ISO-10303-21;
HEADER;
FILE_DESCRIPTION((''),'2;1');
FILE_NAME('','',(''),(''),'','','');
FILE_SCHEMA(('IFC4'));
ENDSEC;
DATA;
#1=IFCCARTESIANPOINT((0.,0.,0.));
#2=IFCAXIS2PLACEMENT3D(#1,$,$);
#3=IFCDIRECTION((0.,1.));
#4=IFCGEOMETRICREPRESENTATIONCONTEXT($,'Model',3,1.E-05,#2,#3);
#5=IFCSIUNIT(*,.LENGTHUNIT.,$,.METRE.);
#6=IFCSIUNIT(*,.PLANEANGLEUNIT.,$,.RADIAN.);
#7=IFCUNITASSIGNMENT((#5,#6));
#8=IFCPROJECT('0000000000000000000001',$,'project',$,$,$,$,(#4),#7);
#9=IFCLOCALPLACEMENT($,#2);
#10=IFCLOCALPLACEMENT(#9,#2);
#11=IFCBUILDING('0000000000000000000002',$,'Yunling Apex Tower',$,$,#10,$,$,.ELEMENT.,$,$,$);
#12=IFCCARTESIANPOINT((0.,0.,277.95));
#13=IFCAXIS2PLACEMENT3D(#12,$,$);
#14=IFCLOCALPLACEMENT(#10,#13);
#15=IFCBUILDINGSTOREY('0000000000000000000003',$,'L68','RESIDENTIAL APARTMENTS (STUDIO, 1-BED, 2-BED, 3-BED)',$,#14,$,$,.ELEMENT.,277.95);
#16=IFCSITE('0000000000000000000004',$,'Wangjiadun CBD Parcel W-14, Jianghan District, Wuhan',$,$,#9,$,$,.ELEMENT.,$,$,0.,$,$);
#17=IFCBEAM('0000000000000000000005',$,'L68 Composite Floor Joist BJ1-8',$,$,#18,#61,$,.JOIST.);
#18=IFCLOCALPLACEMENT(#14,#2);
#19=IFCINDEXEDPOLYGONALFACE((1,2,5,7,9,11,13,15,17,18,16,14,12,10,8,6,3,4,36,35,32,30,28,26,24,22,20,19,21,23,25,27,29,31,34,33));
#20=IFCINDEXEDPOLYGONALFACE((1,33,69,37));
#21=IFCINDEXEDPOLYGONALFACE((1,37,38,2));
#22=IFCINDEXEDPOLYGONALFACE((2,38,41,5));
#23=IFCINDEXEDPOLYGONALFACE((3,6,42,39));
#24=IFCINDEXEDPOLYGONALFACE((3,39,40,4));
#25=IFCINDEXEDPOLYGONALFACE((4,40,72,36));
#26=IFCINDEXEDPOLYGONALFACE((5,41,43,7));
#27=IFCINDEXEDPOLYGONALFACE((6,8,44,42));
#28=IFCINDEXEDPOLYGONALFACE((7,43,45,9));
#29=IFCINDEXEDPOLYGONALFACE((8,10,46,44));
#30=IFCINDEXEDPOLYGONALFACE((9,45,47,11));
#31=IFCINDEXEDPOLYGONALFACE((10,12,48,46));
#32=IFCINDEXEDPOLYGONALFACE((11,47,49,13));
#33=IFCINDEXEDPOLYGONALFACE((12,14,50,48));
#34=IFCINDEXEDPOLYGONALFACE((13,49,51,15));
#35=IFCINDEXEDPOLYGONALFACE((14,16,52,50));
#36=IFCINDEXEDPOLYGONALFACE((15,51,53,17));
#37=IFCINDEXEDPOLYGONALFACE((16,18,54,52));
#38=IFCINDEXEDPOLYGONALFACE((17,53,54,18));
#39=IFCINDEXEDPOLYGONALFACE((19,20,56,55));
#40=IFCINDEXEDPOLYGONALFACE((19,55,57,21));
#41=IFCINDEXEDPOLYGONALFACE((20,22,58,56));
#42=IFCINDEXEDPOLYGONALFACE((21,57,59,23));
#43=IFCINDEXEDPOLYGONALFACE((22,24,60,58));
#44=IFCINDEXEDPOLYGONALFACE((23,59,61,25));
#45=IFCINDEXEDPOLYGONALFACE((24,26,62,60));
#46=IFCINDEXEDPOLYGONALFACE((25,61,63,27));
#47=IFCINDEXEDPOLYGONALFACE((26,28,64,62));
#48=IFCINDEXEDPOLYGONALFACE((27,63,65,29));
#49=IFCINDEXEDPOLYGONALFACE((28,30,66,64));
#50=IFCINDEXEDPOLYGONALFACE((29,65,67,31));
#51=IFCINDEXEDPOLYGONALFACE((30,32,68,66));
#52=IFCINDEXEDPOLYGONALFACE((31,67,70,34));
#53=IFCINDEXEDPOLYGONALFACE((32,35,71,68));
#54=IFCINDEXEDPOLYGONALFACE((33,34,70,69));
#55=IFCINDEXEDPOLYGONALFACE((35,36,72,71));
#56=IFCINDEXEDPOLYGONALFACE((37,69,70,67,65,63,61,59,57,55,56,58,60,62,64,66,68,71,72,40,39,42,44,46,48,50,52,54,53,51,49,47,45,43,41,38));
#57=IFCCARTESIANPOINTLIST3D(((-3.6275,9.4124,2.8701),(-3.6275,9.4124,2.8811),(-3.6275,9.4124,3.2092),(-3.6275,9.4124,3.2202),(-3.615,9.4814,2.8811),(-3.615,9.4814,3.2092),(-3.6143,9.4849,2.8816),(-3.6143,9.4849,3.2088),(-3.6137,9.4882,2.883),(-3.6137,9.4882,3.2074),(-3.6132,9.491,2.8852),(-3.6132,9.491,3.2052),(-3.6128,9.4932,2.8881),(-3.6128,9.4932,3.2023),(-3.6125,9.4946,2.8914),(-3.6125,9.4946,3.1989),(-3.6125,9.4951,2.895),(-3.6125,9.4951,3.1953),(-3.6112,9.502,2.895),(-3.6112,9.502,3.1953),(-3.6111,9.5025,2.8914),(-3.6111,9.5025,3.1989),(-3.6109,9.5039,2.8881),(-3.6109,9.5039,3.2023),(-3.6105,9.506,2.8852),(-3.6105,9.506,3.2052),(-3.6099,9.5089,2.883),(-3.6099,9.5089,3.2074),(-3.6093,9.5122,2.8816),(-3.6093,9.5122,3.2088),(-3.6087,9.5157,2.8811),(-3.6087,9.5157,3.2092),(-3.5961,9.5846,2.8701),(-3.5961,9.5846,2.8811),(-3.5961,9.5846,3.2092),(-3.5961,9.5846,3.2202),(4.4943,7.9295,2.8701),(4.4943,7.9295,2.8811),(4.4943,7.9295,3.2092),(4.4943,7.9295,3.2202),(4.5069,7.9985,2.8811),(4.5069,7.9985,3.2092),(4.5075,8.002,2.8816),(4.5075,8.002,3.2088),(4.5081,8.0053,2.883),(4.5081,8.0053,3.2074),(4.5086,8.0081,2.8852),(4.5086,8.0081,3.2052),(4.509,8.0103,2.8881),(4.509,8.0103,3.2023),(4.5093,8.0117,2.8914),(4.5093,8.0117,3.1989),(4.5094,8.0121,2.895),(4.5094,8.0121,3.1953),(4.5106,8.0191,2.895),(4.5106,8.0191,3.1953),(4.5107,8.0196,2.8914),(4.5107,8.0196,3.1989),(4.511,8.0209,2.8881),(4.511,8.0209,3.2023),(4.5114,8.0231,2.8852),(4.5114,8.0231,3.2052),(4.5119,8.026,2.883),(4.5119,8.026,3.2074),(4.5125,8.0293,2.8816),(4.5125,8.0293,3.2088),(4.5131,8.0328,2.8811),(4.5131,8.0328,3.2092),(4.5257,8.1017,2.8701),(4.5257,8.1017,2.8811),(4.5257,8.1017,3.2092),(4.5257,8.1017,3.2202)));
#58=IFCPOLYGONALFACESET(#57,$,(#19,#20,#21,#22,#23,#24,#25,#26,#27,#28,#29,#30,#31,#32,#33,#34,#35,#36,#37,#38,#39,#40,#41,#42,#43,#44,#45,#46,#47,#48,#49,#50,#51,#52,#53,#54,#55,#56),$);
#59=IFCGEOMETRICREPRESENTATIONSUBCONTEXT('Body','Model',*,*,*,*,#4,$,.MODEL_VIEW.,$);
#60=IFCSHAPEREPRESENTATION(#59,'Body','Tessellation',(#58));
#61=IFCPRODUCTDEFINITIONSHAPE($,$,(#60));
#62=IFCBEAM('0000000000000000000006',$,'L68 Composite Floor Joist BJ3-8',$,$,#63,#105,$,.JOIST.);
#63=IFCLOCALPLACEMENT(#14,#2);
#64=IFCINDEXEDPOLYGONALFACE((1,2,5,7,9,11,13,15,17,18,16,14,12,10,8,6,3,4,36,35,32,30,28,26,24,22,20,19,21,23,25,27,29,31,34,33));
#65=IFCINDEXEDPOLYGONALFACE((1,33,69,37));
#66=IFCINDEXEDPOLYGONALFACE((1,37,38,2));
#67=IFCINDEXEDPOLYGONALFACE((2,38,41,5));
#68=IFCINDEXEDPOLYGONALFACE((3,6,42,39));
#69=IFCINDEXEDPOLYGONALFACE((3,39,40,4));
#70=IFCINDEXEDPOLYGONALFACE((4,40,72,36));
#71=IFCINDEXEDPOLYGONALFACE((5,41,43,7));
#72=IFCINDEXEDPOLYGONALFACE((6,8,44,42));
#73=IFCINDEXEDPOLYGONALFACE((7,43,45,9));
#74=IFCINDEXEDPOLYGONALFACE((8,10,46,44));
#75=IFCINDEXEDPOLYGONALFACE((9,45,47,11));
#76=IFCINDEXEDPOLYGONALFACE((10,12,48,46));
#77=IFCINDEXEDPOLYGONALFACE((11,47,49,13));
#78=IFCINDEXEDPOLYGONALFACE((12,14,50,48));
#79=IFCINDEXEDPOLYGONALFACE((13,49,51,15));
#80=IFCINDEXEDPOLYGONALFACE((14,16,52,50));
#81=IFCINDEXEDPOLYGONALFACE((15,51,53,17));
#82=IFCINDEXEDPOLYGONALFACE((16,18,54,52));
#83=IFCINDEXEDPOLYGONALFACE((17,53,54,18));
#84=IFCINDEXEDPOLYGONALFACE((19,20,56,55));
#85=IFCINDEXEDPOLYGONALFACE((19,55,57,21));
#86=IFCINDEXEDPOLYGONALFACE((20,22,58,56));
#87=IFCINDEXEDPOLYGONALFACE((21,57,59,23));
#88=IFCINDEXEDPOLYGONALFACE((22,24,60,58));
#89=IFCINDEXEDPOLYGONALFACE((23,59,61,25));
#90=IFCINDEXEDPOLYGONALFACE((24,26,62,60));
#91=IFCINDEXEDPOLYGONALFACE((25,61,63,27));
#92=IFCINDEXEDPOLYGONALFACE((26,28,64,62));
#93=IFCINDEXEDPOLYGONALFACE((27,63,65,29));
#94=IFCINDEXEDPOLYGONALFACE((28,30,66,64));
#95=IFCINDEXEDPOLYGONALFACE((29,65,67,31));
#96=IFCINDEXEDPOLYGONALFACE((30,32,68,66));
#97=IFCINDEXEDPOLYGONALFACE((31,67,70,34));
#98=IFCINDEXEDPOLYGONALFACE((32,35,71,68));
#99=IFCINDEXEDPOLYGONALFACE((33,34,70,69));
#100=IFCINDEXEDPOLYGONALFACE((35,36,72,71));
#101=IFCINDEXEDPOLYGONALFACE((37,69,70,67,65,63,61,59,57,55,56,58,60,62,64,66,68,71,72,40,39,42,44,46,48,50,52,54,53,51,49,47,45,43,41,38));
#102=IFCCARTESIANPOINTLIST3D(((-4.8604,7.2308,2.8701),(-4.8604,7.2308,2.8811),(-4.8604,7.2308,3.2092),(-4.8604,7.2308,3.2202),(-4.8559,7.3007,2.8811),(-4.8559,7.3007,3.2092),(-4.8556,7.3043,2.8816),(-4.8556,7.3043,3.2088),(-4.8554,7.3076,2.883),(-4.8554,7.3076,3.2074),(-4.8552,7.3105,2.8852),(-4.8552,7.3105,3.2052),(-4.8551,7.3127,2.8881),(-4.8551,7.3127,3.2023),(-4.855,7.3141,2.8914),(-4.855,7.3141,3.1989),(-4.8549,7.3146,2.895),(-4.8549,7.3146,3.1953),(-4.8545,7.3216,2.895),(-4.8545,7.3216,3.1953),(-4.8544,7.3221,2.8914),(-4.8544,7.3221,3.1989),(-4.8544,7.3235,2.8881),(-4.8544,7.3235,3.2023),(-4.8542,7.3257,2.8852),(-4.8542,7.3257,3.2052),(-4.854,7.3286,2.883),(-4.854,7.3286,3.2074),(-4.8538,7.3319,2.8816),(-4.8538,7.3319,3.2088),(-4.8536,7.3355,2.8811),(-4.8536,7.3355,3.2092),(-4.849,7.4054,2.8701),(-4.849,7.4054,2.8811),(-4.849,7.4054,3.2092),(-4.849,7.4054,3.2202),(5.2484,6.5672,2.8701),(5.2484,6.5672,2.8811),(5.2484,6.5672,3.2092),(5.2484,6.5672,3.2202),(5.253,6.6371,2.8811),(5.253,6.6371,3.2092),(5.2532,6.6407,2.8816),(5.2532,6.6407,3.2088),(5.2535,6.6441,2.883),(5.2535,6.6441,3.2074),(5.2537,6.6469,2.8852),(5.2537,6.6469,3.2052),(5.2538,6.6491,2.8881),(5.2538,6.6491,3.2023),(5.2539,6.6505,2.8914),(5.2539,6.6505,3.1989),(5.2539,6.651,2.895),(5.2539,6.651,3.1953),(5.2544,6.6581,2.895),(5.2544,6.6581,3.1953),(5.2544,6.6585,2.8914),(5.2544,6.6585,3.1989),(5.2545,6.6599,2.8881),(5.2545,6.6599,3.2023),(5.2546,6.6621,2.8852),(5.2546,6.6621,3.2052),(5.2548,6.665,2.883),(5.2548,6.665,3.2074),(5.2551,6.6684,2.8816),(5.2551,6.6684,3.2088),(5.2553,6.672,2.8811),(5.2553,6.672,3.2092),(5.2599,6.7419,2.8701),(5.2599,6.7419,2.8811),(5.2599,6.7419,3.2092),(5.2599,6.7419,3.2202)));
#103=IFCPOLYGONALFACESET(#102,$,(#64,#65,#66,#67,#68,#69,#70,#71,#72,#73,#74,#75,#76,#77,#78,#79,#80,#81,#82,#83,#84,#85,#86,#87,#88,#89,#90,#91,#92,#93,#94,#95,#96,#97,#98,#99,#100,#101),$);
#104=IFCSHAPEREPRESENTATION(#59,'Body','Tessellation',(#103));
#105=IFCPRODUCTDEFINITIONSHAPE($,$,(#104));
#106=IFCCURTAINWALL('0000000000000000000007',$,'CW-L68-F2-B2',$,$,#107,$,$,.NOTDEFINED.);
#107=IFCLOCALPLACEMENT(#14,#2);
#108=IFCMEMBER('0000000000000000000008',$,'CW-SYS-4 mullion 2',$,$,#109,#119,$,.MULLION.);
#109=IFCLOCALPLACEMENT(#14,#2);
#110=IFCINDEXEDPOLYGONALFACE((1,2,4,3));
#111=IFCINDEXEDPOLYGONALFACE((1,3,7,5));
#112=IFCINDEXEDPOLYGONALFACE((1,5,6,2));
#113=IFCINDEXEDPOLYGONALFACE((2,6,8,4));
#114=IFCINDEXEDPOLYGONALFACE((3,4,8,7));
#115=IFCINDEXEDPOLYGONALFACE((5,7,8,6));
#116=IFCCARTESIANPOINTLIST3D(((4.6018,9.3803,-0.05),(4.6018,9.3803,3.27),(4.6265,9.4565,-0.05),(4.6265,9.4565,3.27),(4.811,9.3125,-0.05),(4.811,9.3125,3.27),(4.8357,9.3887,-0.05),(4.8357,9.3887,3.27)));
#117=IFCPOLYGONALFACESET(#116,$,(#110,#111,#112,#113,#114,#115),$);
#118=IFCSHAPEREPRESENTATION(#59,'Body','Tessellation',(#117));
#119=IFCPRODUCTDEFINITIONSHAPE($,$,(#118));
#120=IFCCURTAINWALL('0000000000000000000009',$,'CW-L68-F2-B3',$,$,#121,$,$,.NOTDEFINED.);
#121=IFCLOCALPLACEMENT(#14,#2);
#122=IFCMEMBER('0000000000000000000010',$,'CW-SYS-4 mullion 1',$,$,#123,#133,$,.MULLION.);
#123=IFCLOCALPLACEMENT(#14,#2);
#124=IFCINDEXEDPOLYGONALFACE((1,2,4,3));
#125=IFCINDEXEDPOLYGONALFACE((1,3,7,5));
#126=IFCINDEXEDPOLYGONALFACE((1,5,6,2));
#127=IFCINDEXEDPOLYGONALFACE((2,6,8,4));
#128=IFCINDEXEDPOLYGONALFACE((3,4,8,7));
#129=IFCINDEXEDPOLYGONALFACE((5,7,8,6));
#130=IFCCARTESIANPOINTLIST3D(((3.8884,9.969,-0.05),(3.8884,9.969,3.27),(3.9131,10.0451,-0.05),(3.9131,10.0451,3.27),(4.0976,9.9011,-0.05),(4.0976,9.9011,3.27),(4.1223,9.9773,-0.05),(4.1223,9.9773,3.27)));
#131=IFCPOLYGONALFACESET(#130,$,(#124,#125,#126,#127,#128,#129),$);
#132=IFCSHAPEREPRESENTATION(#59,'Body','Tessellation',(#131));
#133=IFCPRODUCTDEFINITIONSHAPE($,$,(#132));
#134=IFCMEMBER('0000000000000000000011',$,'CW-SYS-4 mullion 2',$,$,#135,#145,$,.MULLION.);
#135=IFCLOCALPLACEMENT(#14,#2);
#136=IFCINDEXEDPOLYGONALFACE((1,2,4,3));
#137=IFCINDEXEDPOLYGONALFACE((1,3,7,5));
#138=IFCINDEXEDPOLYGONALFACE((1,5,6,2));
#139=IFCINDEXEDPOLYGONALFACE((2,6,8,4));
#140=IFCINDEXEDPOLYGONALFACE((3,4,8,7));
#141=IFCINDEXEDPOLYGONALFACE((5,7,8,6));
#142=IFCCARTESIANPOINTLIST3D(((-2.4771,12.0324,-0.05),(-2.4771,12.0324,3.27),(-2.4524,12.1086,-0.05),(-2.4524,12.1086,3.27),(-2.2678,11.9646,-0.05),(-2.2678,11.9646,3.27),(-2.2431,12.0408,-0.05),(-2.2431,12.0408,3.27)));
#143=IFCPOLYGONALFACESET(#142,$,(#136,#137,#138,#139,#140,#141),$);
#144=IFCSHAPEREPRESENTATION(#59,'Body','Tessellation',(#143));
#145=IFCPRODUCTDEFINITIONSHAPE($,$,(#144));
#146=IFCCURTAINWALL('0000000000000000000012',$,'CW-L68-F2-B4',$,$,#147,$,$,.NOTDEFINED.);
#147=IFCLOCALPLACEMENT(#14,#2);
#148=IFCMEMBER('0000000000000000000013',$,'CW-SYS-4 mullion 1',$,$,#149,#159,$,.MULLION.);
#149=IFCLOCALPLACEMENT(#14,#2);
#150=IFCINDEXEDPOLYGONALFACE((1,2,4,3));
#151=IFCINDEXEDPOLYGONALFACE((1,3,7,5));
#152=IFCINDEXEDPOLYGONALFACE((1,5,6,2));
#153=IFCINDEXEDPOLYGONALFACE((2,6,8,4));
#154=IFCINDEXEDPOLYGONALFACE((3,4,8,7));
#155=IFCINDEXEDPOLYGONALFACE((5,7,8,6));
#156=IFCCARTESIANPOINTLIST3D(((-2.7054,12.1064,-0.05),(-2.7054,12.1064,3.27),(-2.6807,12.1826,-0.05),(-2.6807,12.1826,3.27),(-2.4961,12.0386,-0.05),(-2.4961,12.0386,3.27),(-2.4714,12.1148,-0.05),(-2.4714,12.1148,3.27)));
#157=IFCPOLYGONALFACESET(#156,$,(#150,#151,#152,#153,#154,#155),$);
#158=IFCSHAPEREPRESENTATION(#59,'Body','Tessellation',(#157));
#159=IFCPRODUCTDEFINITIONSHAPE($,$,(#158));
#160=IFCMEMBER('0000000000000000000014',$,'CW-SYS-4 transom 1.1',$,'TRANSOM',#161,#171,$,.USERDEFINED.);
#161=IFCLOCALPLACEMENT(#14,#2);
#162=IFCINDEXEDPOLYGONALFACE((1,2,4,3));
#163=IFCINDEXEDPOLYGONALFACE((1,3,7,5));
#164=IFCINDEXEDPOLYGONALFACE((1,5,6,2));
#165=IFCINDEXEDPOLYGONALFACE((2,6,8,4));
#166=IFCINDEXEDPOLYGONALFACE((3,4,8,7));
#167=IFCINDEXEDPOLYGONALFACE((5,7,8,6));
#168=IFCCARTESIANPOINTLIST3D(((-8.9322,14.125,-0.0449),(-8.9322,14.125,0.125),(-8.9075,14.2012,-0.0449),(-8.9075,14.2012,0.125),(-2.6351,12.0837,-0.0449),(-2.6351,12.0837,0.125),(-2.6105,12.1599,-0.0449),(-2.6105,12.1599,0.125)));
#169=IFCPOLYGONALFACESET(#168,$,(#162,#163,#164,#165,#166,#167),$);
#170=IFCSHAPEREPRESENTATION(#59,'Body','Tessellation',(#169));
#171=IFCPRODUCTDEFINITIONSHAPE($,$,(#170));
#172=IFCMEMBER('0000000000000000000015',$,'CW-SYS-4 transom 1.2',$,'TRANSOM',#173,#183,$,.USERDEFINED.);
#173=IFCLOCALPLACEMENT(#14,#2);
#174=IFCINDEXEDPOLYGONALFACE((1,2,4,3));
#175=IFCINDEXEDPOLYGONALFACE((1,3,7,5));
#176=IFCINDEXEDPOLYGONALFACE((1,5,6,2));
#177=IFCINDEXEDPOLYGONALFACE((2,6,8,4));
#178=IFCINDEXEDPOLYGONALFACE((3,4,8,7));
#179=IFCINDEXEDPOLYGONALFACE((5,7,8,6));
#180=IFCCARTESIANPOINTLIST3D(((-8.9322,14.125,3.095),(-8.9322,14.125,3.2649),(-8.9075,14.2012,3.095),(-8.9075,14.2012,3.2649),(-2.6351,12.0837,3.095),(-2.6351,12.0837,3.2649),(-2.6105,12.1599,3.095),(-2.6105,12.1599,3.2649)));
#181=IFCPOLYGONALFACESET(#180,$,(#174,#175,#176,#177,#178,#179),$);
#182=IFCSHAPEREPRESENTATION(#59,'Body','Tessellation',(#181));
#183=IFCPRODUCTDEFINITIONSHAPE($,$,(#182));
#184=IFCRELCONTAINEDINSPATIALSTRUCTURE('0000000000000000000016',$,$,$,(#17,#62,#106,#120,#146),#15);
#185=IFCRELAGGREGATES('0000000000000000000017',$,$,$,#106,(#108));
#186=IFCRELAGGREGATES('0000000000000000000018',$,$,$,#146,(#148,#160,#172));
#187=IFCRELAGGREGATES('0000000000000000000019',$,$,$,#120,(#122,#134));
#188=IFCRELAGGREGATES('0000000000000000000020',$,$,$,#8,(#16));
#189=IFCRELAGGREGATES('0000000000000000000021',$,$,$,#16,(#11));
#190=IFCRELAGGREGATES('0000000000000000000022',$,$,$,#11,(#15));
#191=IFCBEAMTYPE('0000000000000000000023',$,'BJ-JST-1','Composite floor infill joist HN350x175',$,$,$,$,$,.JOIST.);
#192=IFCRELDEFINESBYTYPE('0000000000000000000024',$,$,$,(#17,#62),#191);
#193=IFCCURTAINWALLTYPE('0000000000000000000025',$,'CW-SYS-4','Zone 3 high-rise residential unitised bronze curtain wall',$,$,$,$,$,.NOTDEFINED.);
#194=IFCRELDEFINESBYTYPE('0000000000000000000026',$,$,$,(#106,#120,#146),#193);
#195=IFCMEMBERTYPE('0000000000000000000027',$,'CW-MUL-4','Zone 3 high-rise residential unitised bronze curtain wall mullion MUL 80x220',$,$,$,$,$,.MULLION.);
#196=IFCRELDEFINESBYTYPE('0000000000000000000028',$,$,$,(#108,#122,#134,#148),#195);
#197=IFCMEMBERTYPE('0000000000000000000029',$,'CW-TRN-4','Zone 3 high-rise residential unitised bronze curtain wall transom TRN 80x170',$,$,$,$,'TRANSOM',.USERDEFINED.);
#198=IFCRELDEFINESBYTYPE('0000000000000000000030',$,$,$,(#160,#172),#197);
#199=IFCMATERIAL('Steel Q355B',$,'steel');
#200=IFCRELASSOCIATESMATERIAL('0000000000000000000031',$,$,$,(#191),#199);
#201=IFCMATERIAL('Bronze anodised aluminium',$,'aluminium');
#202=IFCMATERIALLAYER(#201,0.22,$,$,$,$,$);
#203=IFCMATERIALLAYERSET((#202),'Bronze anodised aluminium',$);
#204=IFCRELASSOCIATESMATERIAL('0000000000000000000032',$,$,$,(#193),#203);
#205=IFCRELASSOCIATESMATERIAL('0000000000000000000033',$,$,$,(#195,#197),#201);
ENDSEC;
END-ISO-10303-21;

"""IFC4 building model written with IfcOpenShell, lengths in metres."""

from ifc_helpers import new_model, si_unit, direction, frame, origin, origin_2d, place, context, subcontext, project, spatial, rectangle, i_section, extrude, source, transform, mapped, material, layer, layer_set, material_profile, profile_set, type_object, element, aggregate, save


model = new_model("IFC4")

# Units and contexts
model_context = context("Model", 3, precision=1e-05, world=origin(), true_north=direction((0.0, 1.0)))
body_context = subcontext(model_context, "Body", "Model", "MODEL_VIEW")
ifc_project = project(units=[si_unit("LENGTHUNIT", "METRE"), si_unit("PLANEANGLEUNIT", "RADIAN")], contexts=[model_context])

# Site, building, storey
site_placement = place(None, origin())
site = spatial("IfcSite", under=ifc_project, at=site_placement, Name="Wangjiadun CBD Parcel W-14, Jianghan District, Wuhan", CompositionType="ELEMENT", RefElevation=0.0)
building_placement = place(site_placement, origin())
building = spatial("IfcBuilding", under=site, at=building_placement, Name="Yunling Apex Tower", CompositionType="ELEMENT")
storey_placement = place(building_placement, frame((0.0, 0.0, 277.95)))
storey = spatial("IfcBuildingStorey", under=building, at=storey_placement, Name="L68", Description="RESIDENTIAL APARTMENTS (STUDIO, 1-BED, 2-BED, 3-BED)", CompositionType="ELEMENT", Elevation=277.95)

# Shared definitions
ifc_material_1 = material(Name="Steel Q355B", Category="steel")

# Beams
ifc_material_profile_1 = material_profile(ifc_material_1, i_section(OverallWidth=0.175, OverallDepth=0.3501, WebThickness=0.0071, FlangeThickness=0.011, FilletRadius=0.0139, at=origin_2d()))
ifc_profile_set_1 = profile_set([ifc_material_profile_1], Name="Steel Q355B")
beam_type_1 = type_object("IfcBeamType", Name="BJ-JST-1", Description="Composite floor infill joist HN350x175", PredefinedType="JOIST", material=ifc_profile_set_1)
shared_shape_1 = source(origin(), body_context, "Body", "SweptSolid", [
    extrude(i_section(OverallWidth=0.175, OverallDepth=0.3501, WebThickness=0.0071, FlangeThickness=0.011, FilletRadius=0.0139, at=origin_2d()), origin(), (0.0, 0.0, 1.0), 8.2561),
])
beam_1_placement = place(storey_placement, frame((4.51, 8.0156, 3.0452), z_axis=(-0.983737, 0.179614, 0.0), x_axis=(-0.179614, -0.983737, 0.0)))
element("IfcBeam", 1, at=beam_1_placement, inside=storey, type_object=beam_type_1, Name="L68 Composite Floor Joist BJ1-8", PredefinedType="JOIST", context=body_context, shape_type="MappedRepresentation", body=[
    mapped(shared_shape_1, transform((0.0, 0.0, 0.0), scale=1.0)),
])
shared_shape_2 = source(origin(), body_context, "Body", "SweptSolid", [
    extrude(i_section(OverallWidth=0.175, OverallDepth=0.3501, WebThickness=0.0071, FlangeThickness=0.011, FilletRadius=0.0139, at=origin_2d()), origin(), (0.0, 0.0, 1.0), 10.1306),
])
beam_2_placement = place(storey_placement, frame((5.2542, 6.6545, 3.0452), z_axis=(-0.997852, 0.065502, 0.0), x_axis=(-0.065502, -0.997852, 0.0)))
element("IfcBeam", 2, at=beam_2_placement, inside=storey, type_object=beam_type_1, Name="L68 Composite Floor Joist BJ3-8", PredefinedType="JOIST", context=body_context, shape_type="MappedRepresentation", body=[
    mapped(shared_shape_2, transform((0.0, 0.0, 0.0), scale=1.0)),
])

# Curtain wall, member
ifc_material_2 = material(Name="Bronze anodised aluminium", Category="aluminium")
ifc_layer_1 = layer(ifc_material_2, 0.22)
ifc_layer_set_1 = layer_set([ifc_layer_1], Name="Bronze anodised aluminium")
curtain_wall_type = type_object("IfcCurtainWallType", Name="CW-SYS-4", Description="Zone 3 high-rise residential unitised bronze curtain wall", PredefinedType="NOTDEFINED", material=ifc_layer_set_1)
curtain_wall_1_placement = place(storey_placement, origin())
curtain_wall_1 = element("IfcCurtainWall", 3, at=curtain_wall_1_placement, inside=storey, type_object=curtain_wall_type, Name="CW-L68-F2-B2", PredefinedType="NOTDEFINED")
ifc_material_profile_2 = material_profile(ifc_material_2, rectangle(XDim=0.0801, YDim=0.22, at=origin_2d()))
ifc_profile_set_2 = profile_set([ifc_material_profile_2], Name="Bronze anodised aluminium")
member_type_1 = type_object("IfcMemberType", Name="CW-MUL-4", Description="Zone 3 high-rise residential unitised bronze curtain wall mullion MUL 80x220", PredefinedType="MULLION", material=ifc_profile_set_2)
shared_shape_3 = source(origin(), body_context, "Body", "SweptSolid", [
    extrude(rectangle(XDim=0.0801, YDim=0.22, at=origin_2d()), origin(), (0.0, 0.0, 1.0), 3.3201),
])
member_1_placement = place(storey_placement, frame((4.7188, 9.3845, -0.05), z_axis=(0.0, 0.0, 1.0), x_axis=(-0.308369, -0.951267, 0.0)))
member_1 = element("IfcMember", 4, at=member_1_placement, type_object=member_type_1, Name="CW-SYS-4 mullion 2", PredefinedType="MULLION", context=body_context, shape_type="MappedRepresentation", body=[
    mapped(shared_shape_3, transform((0.0, 0.0, 0.0), scale=1.0)),
])
aggregate(curtain_wall_1, [member_1])

# Curtain walls, members
curtain_wall_2_placement = place(storey_placement, origin())
curtain_wall_2 = element("IfcCurtainWall", 5, at=curtain_wall_2_placement, inside=storey, type_object=curtain_wall_type, Name="CW-L68-F2-B3", PredefinedType="NOTDEFINED")
member_2_placement = place(storey_placement, frame((4.0054, 9.9731, -0.05), z_axis=(0.0, 0.0, 1.0), x_axis=(-0.308371, -0.951266, 0.0)))
member_2 = element("IfcMember", 6, at=member_2_placement, type_object=member_type_1, Name="CW-SYS-4 mullion 1", PredefinedType="MULLION", context=body_context, shape_type="MappedRepresentation", body=[
    mapped(shared_shape_3, transform((0.0, 0.0, 0.0), scale=1.0)),
])
member_3_placement = place(storey_placement, frame((-2.3601, 12.0366, -0.05), z_axis=(0.0, 0.0, 1.0), x_axis=(-0.308371, -0.951266, 0.0)))
member_3 = element("IfcMember", 7, at=member_3_placement, type_object=member_type_1, Name="CW-SYS-4 mullion 2", PredefinedType="MULLION", context=body_context, shape_type="MappedRepresentation", body=[
    mapped(shared_shape_3, transform((0.0, 0.0, 0.0), scale=1.0)),
])
curtain_wall_3_placement = place(storey_placement, origin())
curtain_wall_3 = element("IfcCurtainWall", 8, at=curtain_wall_3_placement, inside=storey, type_object=curtain_wall_type, Name="CW-L68-F2-B4", PredefinedType="NOTDEFINED")
member_4_placement = place(storey_placement, frame((-2.5884, 12.1106, -0.05), z_axis=(0.0, 0.0, 1.0), x_axis=(-0.308353, -0.951272, 0.0)))
member_4 = element("IfcMember", 9, at=member_4_placement, type_object=member_type_1, Name="CW-SYS-4 mullion 1", PredefinedType="MULLION", context=body_context, shape_type="MappedRepresentation", body=[
    mapped(shared_shape_3, transform((0.0, 0.0, 0.0), scale=1.0)),
])
ifc_material_profile_3 = material_profile(ifc_material_2, rectangle(XDim=0.0801, YDim=0.1699, at=origin_2d()))
ifc_profile_set_3 = profile_set([ifc_material_profile_3], Name="Bronze anodised aluminium")
member_type_2 = type_object("IfcMemberType", Name="CW-TRN-4", Description="Zone 3 high-rise residential unitised bronze curtain wall transom TRN 80x170", ElementType="TRANSOM", PredefinedType="USERDEFINED", material=ifc_profile_set_3)
shared_shape_4 = source(origin(), body_context, "Body", "SweptSolid", [
    extrude(rectangle(XDim=0.0801, YDim=0.1699, at=origin_2d()), origin(), (0.0, 0.0, 1.0), 6.6196),
])
member_5_placement = place(storey_placement, frame((-2.6228, 12.1218, 0.04), z_axis=(-0.951269, 0.308361, 0.0), x_axis=(-0.308361, -0.951269, 0.0)))
member_5 = element("IfcMember", 10, at=member_5_placement, type_object=member_type_2, Name="CW-SYS-4 transom 1.1", ObjectType="TRANSOM", PredefinedType="USERDEFINED", context=body_context, shape_type="MappedRepresentation", body=[
    mapped(shared_shape_4, transform((0.0, 0.0, 0.0), scale=1.0)),
])
member_6_placement = place(storey_placement, frame((-2.6228, 12.1218, 3.1799), z_axis=(-0.951269, 0.308361, 0.0), x_axis=(-0.308361, -0.951269, 0.0)))
member_6 = element("IfcMember", 11, at=member_6_placement, type_object=member_type_2, Name="CW-SYS-4 transom 1.2", ObjectType="TRANSOM", PredefinedType="USERDEFINED", context=body_context, shape_type="MappedRepresentation", body=[
    mapped(shared_shape_4, transform((0.0, 0.0, 0.0), scale=1.0)),
])
aggregate(curtain_wall_3, [member_4, member_5, member_6])

aggregate(curtain_wall_2, [member_2, member_3])

save(model, "model.ifc")
